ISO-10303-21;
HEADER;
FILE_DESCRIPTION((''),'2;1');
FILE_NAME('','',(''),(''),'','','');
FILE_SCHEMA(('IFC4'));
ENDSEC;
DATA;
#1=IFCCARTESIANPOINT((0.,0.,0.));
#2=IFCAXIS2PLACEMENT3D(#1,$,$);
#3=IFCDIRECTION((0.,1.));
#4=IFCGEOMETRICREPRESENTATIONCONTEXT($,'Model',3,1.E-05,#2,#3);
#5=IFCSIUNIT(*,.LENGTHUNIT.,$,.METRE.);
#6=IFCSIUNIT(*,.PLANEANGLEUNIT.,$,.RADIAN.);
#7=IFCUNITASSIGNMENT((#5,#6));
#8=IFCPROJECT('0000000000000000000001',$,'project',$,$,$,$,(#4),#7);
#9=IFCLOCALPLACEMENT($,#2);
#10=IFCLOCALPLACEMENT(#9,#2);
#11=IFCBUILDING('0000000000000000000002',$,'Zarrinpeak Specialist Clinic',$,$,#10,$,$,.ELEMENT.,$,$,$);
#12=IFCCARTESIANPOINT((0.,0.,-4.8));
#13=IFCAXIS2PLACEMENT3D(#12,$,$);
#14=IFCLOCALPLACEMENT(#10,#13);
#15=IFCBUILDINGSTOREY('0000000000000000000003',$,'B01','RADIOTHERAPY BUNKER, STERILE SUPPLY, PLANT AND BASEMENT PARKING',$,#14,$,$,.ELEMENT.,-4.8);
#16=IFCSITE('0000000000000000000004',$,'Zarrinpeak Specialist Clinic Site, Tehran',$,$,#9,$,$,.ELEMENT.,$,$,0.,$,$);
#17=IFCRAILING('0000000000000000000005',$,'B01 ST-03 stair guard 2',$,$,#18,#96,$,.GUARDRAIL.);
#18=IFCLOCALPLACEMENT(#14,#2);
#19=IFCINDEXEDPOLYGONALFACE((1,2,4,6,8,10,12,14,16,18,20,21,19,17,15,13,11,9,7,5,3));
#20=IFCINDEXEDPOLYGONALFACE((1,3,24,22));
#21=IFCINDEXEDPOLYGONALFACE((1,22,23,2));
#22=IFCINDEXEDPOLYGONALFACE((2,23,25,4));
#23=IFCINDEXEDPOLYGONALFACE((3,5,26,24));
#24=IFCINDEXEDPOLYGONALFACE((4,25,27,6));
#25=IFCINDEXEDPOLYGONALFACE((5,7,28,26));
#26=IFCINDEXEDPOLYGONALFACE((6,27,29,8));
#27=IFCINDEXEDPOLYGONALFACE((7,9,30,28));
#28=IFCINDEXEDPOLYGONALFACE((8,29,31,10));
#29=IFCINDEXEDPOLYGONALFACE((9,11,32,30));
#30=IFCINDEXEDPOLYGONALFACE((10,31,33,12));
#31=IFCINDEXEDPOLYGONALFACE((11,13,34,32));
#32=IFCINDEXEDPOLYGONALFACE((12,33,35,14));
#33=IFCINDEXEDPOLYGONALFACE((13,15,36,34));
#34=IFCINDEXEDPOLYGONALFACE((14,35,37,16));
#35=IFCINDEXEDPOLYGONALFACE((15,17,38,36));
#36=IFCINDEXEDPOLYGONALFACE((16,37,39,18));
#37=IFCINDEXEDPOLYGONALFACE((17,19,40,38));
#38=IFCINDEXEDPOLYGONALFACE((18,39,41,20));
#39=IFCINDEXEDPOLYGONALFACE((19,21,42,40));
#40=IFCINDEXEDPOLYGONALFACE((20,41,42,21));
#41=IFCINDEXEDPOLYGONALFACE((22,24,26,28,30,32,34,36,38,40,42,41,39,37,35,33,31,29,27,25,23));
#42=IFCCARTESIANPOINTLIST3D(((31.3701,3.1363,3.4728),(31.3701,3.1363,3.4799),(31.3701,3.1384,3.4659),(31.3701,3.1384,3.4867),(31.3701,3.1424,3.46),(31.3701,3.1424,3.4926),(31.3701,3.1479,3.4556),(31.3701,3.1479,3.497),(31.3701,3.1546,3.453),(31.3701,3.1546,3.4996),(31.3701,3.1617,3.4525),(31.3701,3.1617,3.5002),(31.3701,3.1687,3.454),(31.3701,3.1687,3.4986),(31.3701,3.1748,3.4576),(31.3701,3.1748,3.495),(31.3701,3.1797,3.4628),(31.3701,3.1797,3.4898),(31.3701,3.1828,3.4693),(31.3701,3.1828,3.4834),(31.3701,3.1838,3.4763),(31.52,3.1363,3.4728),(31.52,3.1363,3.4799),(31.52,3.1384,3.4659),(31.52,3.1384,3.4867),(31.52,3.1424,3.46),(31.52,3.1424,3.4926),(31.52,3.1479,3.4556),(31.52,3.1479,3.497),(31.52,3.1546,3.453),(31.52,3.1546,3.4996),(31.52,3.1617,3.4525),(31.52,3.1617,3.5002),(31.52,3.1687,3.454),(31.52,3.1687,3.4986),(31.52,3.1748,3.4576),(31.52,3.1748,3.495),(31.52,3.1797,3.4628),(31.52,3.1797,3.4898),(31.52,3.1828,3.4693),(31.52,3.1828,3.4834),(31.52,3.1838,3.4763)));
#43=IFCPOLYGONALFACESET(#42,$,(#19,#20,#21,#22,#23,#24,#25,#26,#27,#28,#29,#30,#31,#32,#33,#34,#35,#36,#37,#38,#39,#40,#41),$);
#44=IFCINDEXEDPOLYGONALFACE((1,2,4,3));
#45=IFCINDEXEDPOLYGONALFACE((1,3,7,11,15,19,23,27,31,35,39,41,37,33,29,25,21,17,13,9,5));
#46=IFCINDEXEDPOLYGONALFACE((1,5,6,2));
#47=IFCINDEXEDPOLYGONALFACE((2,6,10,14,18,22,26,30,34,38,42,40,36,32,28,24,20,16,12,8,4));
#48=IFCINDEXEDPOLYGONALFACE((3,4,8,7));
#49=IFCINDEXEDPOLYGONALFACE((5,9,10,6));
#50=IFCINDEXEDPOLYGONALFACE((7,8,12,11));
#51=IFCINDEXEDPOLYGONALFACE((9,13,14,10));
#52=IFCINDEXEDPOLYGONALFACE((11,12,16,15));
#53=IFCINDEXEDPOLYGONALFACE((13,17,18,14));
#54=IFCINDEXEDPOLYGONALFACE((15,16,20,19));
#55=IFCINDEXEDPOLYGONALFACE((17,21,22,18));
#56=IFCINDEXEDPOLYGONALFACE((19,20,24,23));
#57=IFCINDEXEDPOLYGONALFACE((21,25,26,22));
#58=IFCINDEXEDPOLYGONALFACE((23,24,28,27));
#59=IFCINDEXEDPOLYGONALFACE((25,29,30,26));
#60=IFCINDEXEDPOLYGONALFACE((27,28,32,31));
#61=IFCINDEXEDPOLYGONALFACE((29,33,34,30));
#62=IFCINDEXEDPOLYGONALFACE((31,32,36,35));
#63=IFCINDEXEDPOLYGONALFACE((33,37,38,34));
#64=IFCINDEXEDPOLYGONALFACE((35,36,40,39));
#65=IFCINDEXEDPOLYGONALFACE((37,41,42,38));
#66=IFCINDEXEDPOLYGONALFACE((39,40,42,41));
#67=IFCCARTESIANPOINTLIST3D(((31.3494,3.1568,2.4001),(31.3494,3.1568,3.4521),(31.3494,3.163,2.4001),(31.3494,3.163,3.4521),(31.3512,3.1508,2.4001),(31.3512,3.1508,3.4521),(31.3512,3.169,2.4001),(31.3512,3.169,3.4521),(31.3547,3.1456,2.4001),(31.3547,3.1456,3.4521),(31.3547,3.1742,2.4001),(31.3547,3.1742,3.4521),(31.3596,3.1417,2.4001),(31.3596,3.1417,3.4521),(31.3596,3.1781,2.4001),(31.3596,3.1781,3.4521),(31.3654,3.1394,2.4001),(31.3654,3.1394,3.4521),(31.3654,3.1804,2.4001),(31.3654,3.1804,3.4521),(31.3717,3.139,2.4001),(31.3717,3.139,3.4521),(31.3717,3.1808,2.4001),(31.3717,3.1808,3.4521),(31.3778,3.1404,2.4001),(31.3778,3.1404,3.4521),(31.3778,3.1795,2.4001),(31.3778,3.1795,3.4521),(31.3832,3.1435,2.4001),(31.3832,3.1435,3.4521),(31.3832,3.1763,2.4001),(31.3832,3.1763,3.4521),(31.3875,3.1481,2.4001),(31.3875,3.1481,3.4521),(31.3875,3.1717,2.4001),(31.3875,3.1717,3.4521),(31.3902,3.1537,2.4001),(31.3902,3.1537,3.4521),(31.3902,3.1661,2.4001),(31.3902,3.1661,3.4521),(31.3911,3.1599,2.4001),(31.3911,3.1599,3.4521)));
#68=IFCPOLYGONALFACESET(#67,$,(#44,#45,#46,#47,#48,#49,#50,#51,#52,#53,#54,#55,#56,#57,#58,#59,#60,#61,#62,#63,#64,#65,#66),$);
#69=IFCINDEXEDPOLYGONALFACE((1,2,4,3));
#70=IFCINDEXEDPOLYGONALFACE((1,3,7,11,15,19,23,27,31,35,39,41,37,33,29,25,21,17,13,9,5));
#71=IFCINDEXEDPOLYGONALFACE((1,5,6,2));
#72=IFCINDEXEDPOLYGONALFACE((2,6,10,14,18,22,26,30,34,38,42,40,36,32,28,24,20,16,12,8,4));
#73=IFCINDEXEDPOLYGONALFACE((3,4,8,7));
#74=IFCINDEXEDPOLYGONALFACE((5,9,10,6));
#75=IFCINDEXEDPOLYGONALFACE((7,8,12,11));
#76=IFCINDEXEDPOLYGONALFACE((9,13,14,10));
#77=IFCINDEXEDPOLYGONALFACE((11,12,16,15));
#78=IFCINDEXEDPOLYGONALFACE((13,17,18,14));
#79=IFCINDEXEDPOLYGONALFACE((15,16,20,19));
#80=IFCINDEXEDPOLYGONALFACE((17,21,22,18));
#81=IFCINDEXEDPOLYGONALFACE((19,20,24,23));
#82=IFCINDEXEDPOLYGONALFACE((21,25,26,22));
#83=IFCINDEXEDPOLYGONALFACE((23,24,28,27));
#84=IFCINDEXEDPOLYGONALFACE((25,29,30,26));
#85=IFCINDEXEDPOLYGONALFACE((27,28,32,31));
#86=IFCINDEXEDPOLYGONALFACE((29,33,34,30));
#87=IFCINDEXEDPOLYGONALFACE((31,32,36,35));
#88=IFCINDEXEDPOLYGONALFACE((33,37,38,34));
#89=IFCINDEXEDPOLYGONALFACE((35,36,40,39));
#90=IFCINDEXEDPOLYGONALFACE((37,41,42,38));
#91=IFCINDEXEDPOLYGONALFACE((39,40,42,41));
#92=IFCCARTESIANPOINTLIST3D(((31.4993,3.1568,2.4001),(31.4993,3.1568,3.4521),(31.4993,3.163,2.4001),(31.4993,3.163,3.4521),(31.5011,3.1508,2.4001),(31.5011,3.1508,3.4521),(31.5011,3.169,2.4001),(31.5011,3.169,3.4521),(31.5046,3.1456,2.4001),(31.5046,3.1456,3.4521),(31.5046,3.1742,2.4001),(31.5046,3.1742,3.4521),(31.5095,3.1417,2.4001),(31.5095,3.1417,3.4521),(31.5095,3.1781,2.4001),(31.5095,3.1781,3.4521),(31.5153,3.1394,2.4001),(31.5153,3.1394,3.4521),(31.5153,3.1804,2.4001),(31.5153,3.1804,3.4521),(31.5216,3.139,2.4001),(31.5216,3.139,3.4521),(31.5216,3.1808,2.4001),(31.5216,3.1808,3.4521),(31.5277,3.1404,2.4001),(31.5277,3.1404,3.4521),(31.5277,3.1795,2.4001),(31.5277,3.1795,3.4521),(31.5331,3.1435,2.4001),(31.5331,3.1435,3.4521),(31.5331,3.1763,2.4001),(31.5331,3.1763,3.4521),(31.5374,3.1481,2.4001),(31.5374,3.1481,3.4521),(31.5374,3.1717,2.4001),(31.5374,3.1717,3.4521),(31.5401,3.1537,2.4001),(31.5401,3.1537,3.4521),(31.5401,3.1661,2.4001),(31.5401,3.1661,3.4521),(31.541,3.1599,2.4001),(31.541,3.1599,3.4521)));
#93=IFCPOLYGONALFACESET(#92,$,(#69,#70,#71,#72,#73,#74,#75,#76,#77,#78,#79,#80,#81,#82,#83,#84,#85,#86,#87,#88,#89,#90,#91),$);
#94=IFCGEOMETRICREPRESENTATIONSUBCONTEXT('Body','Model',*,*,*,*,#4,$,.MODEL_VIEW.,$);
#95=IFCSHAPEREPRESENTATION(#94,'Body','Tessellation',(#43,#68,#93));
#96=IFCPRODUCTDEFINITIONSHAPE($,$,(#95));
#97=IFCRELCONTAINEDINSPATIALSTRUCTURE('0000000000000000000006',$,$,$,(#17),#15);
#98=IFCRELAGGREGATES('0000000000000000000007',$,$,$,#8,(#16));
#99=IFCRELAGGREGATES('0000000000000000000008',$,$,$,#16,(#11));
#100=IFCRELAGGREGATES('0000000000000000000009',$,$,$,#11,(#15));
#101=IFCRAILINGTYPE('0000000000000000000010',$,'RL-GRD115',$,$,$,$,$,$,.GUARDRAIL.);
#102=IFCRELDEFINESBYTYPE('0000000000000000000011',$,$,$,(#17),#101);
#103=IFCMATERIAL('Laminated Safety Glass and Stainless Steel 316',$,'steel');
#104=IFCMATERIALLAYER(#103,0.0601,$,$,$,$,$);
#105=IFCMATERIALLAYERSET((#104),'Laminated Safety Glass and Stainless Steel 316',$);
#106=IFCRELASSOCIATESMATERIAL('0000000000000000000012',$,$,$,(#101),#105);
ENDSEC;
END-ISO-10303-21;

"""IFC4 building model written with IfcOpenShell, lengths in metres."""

from ifc_helpers import new_model, si_unit, direction, frame, origin, origin_2d, place, context, subcontext, project, spatial, circle, extrude, material, layer, layer_set, type_object, element, save


model = new_model("IFC4")

# Units and contexts
model_context = context("Model", 3, precision=1e-05, world=origin(), true_north=direction((0.0, 1.0)))
body_context = subcontext(model_context, "Body", "Model", "MODEL_VIEW")
ifc_project = project(units=[si_unit("LENGTHUNIT", "METRE"), si_unit("PLANEANGLEUNIT", "RADIAN")], contexts=[model_context])

# Site, building, storey
site_placement = place(None, origin())
site = spatial("IfcSite", under=ifc_project, at=site_placement, Name="Zarrinpeak Specialist Clinic Site, Tehran", CompositionType="ELEMENT", RefElevation=0.0)
building_placement = place(site_placement, origin())
building = spatial("IfcBuilding", under=site, at=building_placement, Name="Zarrinpeak Specialist Clinic", CompositionType="ELEMENT")
storey_placement = place(building_placement, frame((0.0, 0.0, -4.8)))
storey = spatial("IfcBuildingStorey", under=building, at=storey_placement, Name="B01", Description="RADIOTHERAPY BUNKER, STERILE SUPPLY, PLANT AND BASEMENT PARKING", CompositionType="ELEMENT", Elevation=-4.8)

# Railing
ifc_material_1 = material(Name="Laminated Safety Glass and Stainless Steel 316", Category="steel")
ifc_layer_1 = layer(ifc_material_1, 0.0601)
ifc_layer_set_1 = layer_set([ifc_layer_1], Name="Laminated Safety Glass and Stainless Steel 316")
railing_type_1 = type_object("IfcRailingType", Name="RL-GRD115", PredefinedType="GUARDRAIL", material=ifc_layer_set_1)
railing_1_placement = place(storey_placement, frame((31.3701, 3.1599, 2.4001)))
element("IfcRailing", 1, at=railing_1_placement, inside=storey, type_object=railing_type_1, Name="B01 ST-03 stair guard 2", PredefinedType="GUARDRAIL", context=body_context, shape_type="SweptSolid", body=[
    extrude(circle(Radius=0.0239, at=origin_2d()), frame((0.0, 0.0, 1.0762), z_axis=(1.0, 0.0, 0.0), x_axis=(0.0, 1.0, 0.0)), (0.0, 0.0, 1.0), 0.1499),
    extrude(circle(Radius=0.021, at=origin_2d()), origin(), (0.0, 0.0, 1.0), 1.052),
    extrude(circle(Radius=0.021, at=origin_2d()), frame((0.1499, 0.0, 0.0)), (0.0, 0.0, 1.0), 1.052),
])

save(model, "model.ifc")
